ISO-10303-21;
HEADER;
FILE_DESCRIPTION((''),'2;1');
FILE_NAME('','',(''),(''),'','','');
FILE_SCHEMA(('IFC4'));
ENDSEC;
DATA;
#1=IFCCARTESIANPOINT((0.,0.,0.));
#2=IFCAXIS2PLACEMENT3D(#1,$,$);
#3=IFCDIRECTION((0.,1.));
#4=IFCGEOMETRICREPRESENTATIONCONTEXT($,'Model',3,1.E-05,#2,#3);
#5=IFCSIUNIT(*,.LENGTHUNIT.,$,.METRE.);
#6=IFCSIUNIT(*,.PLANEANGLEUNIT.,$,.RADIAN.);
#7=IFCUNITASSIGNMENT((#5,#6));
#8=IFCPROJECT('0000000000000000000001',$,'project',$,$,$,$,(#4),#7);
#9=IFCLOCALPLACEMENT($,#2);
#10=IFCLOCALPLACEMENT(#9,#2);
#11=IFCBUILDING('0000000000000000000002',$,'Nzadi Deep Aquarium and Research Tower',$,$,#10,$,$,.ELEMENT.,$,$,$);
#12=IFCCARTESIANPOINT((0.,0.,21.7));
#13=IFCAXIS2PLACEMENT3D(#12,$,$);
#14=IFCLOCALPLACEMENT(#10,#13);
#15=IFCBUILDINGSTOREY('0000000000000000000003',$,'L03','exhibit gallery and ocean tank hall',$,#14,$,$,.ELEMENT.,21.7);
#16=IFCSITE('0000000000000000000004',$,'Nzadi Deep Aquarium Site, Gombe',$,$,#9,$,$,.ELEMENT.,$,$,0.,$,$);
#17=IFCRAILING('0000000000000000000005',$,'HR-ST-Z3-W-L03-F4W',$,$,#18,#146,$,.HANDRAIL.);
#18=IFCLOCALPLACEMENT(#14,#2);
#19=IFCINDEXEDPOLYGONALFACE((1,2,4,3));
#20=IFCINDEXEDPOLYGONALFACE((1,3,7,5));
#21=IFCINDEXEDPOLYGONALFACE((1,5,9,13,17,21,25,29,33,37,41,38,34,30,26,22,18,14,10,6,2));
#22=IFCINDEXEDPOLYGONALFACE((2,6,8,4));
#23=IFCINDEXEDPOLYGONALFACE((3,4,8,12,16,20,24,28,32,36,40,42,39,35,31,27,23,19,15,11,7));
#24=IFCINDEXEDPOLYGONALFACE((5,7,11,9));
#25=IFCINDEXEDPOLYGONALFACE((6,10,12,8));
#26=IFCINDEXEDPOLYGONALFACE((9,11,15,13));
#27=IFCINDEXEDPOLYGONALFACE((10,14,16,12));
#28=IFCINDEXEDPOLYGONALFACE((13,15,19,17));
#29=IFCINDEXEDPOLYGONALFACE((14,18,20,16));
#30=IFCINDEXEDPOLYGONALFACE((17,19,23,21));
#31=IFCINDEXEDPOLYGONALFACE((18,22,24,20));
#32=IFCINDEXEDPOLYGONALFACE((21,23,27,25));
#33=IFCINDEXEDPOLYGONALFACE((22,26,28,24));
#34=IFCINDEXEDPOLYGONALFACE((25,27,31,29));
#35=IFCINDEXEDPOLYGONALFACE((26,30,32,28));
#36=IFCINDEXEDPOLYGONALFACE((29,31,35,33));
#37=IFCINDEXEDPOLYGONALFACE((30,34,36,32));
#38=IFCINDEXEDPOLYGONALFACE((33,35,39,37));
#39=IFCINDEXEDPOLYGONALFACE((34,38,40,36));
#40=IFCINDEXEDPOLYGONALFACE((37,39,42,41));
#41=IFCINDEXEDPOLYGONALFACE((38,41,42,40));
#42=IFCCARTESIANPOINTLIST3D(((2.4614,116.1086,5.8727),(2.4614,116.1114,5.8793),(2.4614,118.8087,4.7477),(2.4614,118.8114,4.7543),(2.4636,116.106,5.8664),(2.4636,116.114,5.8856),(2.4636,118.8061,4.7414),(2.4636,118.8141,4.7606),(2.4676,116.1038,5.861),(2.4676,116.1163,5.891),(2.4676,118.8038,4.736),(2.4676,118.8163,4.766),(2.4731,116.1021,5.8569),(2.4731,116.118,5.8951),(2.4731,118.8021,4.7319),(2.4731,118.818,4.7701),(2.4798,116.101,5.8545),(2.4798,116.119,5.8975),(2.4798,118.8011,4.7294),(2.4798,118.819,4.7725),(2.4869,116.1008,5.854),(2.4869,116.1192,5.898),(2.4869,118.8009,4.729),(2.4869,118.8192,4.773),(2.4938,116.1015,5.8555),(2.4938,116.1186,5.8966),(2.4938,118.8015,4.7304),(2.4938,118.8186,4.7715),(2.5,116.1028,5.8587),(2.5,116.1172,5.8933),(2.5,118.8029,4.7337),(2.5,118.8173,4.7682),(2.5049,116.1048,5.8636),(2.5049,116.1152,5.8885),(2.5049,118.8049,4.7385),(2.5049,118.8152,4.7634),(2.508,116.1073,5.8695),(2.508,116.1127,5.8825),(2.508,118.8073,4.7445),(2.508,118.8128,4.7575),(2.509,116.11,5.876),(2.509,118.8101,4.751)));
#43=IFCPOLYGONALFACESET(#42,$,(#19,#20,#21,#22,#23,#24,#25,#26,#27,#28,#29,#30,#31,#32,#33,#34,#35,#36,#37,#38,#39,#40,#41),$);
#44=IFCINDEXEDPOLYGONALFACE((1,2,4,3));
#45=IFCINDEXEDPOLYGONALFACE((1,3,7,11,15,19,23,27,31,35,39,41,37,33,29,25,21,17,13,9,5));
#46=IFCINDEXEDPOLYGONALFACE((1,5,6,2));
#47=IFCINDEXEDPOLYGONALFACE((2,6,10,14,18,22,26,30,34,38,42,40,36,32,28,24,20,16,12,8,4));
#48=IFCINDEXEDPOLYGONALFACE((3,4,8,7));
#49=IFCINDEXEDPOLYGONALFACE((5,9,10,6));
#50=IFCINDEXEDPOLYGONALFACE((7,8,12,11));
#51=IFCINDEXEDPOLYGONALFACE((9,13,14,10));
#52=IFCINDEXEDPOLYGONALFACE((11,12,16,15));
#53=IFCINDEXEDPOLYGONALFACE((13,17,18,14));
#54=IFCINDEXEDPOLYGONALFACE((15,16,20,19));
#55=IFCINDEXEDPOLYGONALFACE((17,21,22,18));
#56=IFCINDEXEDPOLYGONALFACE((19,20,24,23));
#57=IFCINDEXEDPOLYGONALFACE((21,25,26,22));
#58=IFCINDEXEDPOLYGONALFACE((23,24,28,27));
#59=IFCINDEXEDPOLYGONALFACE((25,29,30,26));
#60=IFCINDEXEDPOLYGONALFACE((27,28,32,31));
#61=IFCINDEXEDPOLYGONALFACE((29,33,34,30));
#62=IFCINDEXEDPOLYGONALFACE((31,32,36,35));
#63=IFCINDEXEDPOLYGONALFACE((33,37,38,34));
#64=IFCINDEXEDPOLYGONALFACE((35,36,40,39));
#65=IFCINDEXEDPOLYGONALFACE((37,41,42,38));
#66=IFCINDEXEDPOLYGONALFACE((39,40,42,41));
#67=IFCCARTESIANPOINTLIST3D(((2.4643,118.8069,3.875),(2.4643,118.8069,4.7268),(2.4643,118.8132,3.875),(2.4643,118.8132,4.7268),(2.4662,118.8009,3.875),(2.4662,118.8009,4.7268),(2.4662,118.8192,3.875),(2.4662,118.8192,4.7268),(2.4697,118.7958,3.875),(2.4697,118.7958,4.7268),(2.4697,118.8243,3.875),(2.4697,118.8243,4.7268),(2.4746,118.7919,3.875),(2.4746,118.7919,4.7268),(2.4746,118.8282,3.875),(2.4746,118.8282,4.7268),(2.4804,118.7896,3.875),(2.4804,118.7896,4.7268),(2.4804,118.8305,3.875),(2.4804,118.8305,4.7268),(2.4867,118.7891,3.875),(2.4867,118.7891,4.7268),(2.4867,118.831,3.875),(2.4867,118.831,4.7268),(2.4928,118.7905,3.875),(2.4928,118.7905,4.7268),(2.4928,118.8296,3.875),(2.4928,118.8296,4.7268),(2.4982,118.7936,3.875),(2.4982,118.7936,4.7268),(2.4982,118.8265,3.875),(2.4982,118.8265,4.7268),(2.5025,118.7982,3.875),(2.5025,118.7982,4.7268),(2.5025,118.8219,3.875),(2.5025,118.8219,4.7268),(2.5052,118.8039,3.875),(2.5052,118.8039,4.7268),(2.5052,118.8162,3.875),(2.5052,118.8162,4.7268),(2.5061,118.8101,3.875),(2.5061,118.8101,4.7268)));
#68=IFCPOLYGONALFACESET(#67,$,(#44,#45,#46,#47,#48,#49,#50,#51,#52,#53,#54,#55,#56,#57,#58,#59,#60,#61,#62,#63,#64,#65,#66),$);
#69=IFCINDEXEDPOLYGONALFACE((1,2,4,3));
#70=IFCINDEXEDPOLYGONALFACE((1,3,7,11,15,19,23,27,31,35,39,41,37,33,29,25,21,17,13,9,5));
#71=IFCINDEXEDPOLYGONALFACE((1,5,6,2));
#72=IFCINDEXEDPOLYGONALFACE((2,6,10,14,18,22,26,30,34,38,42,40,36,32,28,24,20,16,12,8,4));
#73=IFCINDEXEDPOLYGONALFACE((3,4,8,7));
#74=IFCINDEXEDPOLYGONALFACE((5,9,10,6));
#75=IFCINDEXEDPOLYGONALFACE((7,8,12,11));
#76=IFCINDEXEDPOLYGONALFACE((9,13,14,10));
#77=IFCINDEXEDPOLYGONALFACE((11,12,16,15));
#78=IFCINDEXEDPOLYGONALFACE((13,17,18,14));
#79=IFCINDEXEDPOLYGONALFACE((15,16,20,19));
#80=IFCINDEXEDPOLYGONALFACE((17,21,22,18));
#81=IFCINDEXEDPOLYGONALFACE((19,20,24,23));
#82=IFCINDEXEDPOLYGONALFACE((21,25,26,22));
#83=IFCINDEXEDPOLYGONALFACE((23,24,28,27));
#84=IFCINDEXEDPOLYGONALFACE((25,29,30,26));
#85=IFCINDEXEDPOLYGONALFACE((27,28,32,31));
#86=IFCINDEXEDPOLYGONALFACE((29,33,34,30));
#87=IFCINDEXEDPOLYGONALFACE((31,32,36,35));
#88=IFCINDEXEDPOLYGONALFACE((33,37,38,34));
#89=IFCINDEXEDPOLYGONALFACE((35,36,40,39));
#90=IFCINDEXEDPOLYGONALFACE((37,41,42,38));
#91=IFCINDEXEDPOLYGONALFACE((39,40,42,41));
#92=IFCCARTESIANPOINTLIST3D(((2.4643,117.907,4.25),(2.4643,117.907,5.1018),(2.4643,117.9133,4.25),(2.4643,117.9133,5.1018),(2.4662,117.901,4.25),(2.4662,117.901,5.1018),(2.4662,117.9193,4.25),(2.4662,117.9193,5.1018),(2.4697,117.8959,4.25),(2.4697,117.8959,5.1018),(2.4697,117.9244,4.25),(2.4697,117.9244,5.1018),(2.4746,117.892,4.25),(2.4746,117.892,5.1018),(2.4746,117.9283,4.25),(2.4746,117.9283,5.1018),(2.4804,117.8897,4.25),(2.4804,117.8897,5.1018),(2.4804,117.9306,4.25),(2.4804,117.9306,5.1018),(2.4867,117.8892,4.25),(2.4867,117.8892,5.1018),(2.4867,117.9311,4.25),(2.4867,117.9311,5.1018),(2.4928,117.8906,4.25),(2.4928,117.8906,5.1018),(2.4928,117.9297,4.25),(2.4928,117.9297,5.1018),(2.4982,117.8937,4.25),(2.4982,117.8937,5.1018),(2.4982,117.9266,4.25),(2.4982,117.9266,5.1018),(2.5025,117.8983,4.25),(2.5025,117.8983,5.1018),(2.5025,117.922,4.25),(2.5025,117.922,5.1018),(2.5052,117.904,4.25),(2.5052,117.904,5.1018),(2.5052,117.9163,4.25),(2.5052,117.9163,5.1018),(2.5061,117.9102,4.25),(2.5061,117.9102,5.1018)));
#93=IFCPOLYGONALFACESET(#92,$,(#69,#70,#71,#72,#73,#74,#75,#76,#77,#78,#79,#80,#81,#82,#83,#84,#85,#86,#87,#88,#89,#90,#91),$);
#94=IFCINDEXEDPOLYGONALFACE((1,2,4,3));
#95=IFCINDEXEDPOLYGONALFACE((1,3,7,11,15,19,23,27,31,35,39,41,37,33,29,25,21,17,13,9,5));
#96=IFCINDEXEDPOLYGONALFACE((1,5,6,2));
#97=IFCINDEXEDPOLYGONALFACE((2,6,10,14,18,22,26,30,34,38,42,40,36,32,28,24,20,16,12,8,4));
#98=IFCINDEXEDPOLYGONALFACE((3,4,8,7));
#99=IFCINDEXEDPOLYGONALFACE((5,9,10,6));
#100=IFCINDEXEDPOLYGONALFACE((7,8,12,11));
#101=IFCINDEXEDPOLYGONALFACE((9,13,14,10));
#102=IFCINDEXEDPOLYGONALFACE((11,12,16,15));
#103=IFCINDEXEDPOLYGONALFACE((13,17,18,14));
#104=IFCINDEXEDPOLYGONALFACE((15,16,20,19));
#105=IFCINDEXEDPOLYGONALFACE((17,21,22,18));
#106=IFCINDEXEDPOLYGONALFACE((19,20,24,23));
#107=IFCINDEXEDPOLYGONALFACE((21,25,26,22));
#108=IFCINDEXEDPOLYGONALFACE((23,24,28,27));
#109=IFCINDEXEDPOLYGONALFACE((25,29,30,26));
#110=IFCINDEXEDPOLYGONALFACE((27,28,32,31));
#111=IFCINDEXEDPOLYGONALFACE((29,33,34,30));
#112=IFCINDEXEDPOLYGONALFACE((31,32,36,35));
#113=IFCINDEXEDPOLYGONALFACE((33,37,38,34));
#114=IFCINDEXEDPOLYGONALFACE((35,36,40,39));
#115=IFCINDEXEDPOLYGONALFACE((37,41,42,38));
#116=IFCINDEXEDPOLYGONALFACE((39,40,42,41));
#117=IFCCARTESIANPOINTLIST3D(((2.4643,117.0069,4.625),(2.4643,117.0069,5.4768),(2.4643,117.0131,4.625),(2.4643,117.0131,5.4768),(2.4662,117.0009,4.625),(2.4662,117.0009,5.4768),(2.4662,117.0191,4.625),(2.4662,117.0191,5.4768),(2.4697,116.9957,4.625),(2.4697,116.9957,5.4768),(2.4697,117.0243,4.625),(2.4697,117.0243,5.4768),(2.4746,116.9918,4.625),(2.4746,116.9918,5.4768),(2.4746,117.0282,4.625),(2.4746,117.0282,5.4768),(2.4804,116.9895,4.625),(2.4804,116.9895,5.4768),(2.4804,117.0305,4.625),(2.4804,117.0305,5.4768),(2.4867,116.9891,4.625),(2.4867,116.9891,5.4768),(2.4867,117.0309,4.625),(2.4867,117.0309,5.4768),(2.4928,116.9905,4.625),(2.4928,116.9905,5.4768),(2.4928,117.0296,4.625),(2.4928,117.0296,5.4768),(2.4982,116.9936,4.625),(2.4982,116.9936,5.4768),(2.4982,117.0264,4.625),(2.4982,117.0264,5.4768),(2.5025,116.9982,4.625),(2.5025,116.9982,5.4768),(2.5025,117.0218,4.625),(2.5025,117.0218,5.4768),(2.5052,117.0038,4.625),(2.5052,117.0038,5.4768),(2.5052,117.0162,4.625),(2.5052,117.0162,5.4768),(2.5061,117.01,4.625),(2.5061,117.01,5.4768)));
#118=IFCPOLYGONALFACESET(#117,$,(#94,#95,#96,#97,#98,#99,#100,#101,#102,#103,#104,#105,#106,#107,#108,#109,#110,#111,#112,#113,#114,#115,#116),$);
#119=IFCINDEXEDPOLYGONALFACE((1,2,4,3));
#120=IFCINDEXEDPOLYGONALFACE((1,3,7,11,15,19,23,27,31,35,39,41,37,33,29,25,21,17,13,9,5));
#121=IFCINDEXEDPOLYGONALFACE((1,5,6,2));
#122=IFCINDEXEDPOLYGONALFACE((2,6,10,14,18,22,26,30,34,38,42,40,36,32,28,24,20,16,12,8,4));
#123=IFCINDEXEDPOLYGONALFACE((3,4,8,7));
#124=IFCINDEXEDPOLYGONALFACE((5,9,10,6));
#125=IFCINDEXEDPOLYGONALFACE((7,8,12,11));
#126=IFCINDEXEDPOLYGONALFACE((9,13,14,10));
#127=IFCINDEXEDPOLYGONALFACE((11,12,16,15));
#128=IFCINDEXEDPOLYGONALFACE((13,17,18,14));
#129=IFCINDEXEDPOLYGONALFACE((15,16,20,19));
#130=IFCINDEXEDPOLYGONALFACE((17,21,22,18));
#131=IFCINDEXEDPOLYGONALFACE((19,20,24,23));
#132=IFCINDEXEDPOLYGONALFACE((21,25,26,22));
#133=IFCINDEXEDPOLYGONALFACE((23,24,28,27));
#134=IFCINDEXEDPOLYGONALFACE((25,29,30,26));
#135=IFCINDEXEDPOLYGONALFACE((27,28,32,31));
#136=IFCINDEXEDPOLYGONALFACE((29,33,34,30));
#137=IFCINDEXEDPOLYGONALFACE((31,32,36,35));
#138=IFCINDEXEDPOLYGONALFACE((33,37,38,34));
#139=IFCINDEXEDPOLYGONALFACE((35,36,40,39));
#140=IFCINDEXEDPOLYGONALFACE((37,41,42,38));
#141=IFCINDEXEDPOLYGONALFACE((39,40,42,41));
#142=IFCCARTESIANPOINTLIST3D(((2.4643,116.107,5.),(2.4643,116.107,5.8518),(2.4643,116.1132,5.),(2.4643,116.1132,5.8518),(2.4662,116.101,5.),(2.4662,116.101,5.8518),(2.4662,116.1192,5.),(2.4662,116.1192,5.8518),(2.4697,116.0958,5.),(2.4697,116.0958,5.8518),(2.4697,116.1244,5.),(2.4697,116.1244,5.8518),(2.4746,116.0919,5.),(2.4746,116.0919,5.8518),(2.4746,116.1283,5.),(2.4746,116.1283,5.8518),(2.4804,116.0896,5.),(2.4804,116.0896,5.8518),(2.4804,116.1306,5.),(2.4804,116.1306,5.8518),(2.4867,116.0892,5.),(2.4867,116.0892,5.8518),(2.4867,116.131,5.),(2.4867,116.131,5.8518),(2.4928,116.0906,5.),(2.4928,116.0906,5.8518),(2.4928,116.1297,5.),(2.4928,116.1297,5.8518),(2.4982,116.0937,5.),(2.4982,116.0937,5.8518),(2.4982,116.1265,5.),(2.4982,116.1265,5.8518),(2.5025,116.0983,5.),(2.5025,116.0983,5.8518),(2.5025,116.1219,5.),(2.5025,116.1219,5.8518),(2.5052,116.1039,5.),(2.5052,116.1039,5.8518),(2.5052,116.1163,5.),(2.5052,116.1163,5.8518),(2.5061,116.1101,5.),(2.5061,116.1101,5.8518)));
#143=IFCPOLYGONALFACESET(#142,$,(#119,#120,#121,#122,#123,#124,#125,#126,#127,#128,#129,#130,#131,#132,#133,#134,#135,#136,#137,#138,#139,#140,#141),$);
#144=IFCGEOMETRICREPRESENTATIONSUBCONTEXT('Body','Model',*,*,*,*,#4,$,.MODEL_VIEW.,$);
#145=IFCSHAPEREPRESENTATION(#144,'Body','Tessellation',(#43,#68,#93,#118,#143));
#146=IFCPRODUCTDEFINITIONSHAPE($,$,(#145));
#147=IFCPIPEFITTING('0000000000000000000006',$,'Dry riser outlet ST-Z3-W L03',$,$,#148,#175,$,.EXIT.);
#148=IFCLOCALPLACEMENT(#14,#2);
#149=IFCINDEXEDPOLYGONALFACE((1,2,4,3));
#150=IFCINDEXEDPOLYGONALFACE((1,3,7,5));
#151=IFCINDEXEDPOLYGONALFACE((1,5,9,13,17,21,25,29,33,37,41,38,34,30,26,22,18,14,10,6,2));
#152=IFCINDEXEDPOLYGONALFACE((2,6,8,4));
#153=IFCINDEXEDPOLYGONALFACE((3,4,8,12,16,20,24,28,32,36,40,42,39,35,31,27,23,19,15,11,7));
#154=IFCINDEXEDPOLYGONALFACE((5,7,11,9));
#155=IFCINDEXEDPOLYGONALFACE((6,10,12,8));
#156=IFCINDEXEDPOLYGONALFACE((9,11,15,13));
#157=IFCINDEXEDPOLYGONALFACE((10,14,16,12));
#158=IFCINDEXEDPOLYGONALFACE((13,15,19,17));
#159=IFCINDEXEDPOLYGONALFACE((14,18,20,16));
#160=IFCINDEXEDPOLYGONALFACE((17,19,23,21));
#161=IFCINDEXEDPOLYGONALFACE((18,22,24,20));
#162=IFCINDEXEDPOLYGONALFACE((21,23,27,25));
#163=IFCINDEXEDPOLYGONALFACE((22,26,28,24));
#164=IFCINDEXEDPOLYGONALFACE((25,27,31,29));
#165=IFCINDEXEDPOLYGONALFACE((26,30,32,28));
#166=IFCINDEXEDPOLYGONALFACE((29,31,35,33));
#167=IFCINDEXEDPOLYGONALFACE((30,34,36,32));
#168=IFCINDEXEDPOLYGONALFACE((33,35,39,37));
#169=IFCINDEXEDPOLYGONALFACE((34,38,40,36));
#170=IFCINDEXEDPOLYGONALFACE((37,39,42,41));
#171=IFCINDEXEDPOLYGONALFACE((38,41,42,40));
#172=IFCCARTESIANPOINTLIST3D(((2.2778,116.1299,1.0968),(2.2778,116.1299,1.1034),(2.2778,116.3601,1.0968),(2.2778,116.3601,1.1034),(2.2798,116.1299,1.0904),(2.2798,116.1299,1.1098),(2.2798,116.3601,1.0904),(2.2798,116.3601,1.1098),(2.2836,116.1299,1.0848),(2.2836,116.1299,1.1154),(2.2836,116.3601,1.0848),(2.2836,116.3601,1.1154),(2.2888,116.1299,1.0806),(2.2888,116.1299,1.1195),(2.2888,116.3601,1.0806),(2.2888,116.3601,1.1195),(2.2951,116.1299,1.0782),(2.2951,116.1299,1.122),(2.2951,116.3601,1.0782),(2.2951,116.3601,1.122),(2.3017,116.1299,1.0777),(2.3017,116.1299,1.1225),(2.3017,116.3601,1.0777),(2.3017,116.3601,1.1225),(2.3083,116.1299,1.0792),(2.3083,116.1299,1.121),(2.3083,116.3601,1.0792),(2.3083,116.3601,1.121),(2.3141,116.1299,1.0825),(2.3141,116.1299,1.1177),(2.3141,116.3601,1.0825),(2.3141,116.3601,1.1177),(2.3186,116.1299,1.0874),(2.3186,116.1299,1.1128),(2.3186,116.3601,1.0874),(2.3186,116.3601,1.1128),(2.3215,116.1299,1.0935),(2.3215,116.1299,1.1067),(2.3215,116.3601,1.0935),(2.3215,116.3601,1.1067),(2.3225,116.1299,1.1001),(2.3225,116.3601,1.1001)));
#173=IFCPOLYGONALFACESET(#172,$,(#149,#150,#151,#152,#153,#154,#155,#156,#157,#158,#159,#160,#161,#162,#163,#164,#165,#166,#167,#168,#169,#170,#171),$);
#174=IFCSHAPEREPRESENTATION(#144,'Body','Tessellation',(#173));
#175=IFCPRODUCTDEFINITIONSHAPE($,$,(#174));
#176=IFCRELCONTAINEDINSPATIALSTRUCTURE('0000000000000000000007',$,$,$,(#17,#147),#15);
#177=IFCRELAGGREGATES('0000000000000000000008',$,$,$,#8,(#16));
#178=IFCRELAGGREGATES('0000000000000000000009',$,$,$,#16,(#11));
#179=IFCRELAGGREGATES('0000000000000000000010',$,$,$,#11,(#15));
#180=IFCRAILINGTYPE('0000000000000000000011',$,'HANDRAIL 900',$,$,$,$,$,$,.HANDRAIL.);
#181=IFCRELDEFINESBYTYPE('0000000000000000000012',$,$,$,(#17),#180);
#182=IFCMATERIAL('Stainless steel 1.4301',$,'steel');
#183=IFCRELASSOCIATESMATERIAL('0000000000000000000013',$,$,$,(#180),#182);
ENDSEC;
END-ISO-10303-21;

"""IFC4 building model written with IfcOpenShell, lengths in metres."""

from ifc_helpers import new_model, si_unit, direction, frame, origin, origin_2d, place, context, subcontext, project, spatial, circle, extrude, material, type_object, element, save


model = new_model("IFC4")

# Units and contexts
model_context = context("Model", 3, precision=1e-05, world=origin(), true_north=direction((0.0, 1.0)))
body_context = subcontext(model_context, "Body", "Model", "MODEL_VIEW")
ifc_project = project(units=[si_unit("LENGTHUNIT", "METRE"), si_unit("PLANEANGLEUNIT", "RADIAN")], contexts=[model_context])

# Site, building, storey
site_placement = place(None, origin())
site = spatial("IfcSite", under=ifc_project, at=site_placement, Name="Nzadi Deep Aquarium Site, Gombe", CompositionType="ELEMENT", RefElevation=0.0)
building_placement = place(site_placement, origin())
building = spatial("IfcBuilding", under=site, at=building_placement, Name="Nzadi Deep Aquarium and Research Tower", CompositionType="ELEMENT")
storey_placement = place(building_placement, frame((0.0, 0.0, 21.7)))
storey = spatial("IfcBuildingStorey", under=building, at=storey_placement, Name="L03", Description="exhibit gallery and ocean tank hall", CompositionType="ELEMENT", Elevation=21.7)

# Railing
ifc_material_1 = material(Name="Stainless steel 1.4301", Category="steel")
railing_type = type_object("IfcRailingType", Name="HANDRAIL 900", PredefinedType="HANDRAIL", material=ifc_material_1)
for number, where, name in (
    (1, (2.4851, 118.8101, 3.875), "HR-ST-Z3-W-L03-F4W"),
):
    element("IfcRailing", number, at=place(storey_placement, frame(where)), inside=storey, type_object=railing_type, Name=name, PredefinedType="HANDRAIL", context=body_context, shape_type="SweptSolid", body=[
        extrude(circle(Radius=0.0239, at=origin_2d()), frame((0.0, 0.0, 0.876), z_axis=(0.0, -0.923074, 0.384621), x_axis=(1.0, 0.0, 0.0)), (0.0, 0.0, 1.0), 2.925),
        extrude(circle(Radius=0.021, at=origin_2d()), origin(), (0.0, 0.0, 1.0), 0.8518),
        extrude(circle(Radius=0.021, at=origin_2d()), frame((0.0, -0.8999, 0.375)), (0.0, 0.0, 1.0), 0.8518),
        extrude(circle(Radius=0.021, at=origin_2d()), frame((0.0, -1.8, 0.75)), (0.0, 0.0, 1.0), 0.8518),
        extrude(circle(Radius=0.021, at=origin_2d()), frame((0.0, -2.7, 1.125)), (0.0, 0.0, 1.0), 0.8518),
    ])

# Pipe fitting
pipe_fitting_placement = place(storey_placement, frame((2.3, 116.3601, 1.1001), z_axis=(0.0, -1.0, 0.0), x_axis=(1.0, 0.0, 0.0)))
element("IfcPipeFitting", 2, at=pipe_fitting_placement, inside=storey, Name="Dry riser outlet ST-Z3-W L03", PredefinedType="EXIT", context=body_context, shape_type="SweptSolid", body=[
    extrude(circle(Radius=0.0225, at=origin_2d()), origin(), (0.0, 0.0, 1.0), 0.2302),
])

save(model, "model.ifc")
